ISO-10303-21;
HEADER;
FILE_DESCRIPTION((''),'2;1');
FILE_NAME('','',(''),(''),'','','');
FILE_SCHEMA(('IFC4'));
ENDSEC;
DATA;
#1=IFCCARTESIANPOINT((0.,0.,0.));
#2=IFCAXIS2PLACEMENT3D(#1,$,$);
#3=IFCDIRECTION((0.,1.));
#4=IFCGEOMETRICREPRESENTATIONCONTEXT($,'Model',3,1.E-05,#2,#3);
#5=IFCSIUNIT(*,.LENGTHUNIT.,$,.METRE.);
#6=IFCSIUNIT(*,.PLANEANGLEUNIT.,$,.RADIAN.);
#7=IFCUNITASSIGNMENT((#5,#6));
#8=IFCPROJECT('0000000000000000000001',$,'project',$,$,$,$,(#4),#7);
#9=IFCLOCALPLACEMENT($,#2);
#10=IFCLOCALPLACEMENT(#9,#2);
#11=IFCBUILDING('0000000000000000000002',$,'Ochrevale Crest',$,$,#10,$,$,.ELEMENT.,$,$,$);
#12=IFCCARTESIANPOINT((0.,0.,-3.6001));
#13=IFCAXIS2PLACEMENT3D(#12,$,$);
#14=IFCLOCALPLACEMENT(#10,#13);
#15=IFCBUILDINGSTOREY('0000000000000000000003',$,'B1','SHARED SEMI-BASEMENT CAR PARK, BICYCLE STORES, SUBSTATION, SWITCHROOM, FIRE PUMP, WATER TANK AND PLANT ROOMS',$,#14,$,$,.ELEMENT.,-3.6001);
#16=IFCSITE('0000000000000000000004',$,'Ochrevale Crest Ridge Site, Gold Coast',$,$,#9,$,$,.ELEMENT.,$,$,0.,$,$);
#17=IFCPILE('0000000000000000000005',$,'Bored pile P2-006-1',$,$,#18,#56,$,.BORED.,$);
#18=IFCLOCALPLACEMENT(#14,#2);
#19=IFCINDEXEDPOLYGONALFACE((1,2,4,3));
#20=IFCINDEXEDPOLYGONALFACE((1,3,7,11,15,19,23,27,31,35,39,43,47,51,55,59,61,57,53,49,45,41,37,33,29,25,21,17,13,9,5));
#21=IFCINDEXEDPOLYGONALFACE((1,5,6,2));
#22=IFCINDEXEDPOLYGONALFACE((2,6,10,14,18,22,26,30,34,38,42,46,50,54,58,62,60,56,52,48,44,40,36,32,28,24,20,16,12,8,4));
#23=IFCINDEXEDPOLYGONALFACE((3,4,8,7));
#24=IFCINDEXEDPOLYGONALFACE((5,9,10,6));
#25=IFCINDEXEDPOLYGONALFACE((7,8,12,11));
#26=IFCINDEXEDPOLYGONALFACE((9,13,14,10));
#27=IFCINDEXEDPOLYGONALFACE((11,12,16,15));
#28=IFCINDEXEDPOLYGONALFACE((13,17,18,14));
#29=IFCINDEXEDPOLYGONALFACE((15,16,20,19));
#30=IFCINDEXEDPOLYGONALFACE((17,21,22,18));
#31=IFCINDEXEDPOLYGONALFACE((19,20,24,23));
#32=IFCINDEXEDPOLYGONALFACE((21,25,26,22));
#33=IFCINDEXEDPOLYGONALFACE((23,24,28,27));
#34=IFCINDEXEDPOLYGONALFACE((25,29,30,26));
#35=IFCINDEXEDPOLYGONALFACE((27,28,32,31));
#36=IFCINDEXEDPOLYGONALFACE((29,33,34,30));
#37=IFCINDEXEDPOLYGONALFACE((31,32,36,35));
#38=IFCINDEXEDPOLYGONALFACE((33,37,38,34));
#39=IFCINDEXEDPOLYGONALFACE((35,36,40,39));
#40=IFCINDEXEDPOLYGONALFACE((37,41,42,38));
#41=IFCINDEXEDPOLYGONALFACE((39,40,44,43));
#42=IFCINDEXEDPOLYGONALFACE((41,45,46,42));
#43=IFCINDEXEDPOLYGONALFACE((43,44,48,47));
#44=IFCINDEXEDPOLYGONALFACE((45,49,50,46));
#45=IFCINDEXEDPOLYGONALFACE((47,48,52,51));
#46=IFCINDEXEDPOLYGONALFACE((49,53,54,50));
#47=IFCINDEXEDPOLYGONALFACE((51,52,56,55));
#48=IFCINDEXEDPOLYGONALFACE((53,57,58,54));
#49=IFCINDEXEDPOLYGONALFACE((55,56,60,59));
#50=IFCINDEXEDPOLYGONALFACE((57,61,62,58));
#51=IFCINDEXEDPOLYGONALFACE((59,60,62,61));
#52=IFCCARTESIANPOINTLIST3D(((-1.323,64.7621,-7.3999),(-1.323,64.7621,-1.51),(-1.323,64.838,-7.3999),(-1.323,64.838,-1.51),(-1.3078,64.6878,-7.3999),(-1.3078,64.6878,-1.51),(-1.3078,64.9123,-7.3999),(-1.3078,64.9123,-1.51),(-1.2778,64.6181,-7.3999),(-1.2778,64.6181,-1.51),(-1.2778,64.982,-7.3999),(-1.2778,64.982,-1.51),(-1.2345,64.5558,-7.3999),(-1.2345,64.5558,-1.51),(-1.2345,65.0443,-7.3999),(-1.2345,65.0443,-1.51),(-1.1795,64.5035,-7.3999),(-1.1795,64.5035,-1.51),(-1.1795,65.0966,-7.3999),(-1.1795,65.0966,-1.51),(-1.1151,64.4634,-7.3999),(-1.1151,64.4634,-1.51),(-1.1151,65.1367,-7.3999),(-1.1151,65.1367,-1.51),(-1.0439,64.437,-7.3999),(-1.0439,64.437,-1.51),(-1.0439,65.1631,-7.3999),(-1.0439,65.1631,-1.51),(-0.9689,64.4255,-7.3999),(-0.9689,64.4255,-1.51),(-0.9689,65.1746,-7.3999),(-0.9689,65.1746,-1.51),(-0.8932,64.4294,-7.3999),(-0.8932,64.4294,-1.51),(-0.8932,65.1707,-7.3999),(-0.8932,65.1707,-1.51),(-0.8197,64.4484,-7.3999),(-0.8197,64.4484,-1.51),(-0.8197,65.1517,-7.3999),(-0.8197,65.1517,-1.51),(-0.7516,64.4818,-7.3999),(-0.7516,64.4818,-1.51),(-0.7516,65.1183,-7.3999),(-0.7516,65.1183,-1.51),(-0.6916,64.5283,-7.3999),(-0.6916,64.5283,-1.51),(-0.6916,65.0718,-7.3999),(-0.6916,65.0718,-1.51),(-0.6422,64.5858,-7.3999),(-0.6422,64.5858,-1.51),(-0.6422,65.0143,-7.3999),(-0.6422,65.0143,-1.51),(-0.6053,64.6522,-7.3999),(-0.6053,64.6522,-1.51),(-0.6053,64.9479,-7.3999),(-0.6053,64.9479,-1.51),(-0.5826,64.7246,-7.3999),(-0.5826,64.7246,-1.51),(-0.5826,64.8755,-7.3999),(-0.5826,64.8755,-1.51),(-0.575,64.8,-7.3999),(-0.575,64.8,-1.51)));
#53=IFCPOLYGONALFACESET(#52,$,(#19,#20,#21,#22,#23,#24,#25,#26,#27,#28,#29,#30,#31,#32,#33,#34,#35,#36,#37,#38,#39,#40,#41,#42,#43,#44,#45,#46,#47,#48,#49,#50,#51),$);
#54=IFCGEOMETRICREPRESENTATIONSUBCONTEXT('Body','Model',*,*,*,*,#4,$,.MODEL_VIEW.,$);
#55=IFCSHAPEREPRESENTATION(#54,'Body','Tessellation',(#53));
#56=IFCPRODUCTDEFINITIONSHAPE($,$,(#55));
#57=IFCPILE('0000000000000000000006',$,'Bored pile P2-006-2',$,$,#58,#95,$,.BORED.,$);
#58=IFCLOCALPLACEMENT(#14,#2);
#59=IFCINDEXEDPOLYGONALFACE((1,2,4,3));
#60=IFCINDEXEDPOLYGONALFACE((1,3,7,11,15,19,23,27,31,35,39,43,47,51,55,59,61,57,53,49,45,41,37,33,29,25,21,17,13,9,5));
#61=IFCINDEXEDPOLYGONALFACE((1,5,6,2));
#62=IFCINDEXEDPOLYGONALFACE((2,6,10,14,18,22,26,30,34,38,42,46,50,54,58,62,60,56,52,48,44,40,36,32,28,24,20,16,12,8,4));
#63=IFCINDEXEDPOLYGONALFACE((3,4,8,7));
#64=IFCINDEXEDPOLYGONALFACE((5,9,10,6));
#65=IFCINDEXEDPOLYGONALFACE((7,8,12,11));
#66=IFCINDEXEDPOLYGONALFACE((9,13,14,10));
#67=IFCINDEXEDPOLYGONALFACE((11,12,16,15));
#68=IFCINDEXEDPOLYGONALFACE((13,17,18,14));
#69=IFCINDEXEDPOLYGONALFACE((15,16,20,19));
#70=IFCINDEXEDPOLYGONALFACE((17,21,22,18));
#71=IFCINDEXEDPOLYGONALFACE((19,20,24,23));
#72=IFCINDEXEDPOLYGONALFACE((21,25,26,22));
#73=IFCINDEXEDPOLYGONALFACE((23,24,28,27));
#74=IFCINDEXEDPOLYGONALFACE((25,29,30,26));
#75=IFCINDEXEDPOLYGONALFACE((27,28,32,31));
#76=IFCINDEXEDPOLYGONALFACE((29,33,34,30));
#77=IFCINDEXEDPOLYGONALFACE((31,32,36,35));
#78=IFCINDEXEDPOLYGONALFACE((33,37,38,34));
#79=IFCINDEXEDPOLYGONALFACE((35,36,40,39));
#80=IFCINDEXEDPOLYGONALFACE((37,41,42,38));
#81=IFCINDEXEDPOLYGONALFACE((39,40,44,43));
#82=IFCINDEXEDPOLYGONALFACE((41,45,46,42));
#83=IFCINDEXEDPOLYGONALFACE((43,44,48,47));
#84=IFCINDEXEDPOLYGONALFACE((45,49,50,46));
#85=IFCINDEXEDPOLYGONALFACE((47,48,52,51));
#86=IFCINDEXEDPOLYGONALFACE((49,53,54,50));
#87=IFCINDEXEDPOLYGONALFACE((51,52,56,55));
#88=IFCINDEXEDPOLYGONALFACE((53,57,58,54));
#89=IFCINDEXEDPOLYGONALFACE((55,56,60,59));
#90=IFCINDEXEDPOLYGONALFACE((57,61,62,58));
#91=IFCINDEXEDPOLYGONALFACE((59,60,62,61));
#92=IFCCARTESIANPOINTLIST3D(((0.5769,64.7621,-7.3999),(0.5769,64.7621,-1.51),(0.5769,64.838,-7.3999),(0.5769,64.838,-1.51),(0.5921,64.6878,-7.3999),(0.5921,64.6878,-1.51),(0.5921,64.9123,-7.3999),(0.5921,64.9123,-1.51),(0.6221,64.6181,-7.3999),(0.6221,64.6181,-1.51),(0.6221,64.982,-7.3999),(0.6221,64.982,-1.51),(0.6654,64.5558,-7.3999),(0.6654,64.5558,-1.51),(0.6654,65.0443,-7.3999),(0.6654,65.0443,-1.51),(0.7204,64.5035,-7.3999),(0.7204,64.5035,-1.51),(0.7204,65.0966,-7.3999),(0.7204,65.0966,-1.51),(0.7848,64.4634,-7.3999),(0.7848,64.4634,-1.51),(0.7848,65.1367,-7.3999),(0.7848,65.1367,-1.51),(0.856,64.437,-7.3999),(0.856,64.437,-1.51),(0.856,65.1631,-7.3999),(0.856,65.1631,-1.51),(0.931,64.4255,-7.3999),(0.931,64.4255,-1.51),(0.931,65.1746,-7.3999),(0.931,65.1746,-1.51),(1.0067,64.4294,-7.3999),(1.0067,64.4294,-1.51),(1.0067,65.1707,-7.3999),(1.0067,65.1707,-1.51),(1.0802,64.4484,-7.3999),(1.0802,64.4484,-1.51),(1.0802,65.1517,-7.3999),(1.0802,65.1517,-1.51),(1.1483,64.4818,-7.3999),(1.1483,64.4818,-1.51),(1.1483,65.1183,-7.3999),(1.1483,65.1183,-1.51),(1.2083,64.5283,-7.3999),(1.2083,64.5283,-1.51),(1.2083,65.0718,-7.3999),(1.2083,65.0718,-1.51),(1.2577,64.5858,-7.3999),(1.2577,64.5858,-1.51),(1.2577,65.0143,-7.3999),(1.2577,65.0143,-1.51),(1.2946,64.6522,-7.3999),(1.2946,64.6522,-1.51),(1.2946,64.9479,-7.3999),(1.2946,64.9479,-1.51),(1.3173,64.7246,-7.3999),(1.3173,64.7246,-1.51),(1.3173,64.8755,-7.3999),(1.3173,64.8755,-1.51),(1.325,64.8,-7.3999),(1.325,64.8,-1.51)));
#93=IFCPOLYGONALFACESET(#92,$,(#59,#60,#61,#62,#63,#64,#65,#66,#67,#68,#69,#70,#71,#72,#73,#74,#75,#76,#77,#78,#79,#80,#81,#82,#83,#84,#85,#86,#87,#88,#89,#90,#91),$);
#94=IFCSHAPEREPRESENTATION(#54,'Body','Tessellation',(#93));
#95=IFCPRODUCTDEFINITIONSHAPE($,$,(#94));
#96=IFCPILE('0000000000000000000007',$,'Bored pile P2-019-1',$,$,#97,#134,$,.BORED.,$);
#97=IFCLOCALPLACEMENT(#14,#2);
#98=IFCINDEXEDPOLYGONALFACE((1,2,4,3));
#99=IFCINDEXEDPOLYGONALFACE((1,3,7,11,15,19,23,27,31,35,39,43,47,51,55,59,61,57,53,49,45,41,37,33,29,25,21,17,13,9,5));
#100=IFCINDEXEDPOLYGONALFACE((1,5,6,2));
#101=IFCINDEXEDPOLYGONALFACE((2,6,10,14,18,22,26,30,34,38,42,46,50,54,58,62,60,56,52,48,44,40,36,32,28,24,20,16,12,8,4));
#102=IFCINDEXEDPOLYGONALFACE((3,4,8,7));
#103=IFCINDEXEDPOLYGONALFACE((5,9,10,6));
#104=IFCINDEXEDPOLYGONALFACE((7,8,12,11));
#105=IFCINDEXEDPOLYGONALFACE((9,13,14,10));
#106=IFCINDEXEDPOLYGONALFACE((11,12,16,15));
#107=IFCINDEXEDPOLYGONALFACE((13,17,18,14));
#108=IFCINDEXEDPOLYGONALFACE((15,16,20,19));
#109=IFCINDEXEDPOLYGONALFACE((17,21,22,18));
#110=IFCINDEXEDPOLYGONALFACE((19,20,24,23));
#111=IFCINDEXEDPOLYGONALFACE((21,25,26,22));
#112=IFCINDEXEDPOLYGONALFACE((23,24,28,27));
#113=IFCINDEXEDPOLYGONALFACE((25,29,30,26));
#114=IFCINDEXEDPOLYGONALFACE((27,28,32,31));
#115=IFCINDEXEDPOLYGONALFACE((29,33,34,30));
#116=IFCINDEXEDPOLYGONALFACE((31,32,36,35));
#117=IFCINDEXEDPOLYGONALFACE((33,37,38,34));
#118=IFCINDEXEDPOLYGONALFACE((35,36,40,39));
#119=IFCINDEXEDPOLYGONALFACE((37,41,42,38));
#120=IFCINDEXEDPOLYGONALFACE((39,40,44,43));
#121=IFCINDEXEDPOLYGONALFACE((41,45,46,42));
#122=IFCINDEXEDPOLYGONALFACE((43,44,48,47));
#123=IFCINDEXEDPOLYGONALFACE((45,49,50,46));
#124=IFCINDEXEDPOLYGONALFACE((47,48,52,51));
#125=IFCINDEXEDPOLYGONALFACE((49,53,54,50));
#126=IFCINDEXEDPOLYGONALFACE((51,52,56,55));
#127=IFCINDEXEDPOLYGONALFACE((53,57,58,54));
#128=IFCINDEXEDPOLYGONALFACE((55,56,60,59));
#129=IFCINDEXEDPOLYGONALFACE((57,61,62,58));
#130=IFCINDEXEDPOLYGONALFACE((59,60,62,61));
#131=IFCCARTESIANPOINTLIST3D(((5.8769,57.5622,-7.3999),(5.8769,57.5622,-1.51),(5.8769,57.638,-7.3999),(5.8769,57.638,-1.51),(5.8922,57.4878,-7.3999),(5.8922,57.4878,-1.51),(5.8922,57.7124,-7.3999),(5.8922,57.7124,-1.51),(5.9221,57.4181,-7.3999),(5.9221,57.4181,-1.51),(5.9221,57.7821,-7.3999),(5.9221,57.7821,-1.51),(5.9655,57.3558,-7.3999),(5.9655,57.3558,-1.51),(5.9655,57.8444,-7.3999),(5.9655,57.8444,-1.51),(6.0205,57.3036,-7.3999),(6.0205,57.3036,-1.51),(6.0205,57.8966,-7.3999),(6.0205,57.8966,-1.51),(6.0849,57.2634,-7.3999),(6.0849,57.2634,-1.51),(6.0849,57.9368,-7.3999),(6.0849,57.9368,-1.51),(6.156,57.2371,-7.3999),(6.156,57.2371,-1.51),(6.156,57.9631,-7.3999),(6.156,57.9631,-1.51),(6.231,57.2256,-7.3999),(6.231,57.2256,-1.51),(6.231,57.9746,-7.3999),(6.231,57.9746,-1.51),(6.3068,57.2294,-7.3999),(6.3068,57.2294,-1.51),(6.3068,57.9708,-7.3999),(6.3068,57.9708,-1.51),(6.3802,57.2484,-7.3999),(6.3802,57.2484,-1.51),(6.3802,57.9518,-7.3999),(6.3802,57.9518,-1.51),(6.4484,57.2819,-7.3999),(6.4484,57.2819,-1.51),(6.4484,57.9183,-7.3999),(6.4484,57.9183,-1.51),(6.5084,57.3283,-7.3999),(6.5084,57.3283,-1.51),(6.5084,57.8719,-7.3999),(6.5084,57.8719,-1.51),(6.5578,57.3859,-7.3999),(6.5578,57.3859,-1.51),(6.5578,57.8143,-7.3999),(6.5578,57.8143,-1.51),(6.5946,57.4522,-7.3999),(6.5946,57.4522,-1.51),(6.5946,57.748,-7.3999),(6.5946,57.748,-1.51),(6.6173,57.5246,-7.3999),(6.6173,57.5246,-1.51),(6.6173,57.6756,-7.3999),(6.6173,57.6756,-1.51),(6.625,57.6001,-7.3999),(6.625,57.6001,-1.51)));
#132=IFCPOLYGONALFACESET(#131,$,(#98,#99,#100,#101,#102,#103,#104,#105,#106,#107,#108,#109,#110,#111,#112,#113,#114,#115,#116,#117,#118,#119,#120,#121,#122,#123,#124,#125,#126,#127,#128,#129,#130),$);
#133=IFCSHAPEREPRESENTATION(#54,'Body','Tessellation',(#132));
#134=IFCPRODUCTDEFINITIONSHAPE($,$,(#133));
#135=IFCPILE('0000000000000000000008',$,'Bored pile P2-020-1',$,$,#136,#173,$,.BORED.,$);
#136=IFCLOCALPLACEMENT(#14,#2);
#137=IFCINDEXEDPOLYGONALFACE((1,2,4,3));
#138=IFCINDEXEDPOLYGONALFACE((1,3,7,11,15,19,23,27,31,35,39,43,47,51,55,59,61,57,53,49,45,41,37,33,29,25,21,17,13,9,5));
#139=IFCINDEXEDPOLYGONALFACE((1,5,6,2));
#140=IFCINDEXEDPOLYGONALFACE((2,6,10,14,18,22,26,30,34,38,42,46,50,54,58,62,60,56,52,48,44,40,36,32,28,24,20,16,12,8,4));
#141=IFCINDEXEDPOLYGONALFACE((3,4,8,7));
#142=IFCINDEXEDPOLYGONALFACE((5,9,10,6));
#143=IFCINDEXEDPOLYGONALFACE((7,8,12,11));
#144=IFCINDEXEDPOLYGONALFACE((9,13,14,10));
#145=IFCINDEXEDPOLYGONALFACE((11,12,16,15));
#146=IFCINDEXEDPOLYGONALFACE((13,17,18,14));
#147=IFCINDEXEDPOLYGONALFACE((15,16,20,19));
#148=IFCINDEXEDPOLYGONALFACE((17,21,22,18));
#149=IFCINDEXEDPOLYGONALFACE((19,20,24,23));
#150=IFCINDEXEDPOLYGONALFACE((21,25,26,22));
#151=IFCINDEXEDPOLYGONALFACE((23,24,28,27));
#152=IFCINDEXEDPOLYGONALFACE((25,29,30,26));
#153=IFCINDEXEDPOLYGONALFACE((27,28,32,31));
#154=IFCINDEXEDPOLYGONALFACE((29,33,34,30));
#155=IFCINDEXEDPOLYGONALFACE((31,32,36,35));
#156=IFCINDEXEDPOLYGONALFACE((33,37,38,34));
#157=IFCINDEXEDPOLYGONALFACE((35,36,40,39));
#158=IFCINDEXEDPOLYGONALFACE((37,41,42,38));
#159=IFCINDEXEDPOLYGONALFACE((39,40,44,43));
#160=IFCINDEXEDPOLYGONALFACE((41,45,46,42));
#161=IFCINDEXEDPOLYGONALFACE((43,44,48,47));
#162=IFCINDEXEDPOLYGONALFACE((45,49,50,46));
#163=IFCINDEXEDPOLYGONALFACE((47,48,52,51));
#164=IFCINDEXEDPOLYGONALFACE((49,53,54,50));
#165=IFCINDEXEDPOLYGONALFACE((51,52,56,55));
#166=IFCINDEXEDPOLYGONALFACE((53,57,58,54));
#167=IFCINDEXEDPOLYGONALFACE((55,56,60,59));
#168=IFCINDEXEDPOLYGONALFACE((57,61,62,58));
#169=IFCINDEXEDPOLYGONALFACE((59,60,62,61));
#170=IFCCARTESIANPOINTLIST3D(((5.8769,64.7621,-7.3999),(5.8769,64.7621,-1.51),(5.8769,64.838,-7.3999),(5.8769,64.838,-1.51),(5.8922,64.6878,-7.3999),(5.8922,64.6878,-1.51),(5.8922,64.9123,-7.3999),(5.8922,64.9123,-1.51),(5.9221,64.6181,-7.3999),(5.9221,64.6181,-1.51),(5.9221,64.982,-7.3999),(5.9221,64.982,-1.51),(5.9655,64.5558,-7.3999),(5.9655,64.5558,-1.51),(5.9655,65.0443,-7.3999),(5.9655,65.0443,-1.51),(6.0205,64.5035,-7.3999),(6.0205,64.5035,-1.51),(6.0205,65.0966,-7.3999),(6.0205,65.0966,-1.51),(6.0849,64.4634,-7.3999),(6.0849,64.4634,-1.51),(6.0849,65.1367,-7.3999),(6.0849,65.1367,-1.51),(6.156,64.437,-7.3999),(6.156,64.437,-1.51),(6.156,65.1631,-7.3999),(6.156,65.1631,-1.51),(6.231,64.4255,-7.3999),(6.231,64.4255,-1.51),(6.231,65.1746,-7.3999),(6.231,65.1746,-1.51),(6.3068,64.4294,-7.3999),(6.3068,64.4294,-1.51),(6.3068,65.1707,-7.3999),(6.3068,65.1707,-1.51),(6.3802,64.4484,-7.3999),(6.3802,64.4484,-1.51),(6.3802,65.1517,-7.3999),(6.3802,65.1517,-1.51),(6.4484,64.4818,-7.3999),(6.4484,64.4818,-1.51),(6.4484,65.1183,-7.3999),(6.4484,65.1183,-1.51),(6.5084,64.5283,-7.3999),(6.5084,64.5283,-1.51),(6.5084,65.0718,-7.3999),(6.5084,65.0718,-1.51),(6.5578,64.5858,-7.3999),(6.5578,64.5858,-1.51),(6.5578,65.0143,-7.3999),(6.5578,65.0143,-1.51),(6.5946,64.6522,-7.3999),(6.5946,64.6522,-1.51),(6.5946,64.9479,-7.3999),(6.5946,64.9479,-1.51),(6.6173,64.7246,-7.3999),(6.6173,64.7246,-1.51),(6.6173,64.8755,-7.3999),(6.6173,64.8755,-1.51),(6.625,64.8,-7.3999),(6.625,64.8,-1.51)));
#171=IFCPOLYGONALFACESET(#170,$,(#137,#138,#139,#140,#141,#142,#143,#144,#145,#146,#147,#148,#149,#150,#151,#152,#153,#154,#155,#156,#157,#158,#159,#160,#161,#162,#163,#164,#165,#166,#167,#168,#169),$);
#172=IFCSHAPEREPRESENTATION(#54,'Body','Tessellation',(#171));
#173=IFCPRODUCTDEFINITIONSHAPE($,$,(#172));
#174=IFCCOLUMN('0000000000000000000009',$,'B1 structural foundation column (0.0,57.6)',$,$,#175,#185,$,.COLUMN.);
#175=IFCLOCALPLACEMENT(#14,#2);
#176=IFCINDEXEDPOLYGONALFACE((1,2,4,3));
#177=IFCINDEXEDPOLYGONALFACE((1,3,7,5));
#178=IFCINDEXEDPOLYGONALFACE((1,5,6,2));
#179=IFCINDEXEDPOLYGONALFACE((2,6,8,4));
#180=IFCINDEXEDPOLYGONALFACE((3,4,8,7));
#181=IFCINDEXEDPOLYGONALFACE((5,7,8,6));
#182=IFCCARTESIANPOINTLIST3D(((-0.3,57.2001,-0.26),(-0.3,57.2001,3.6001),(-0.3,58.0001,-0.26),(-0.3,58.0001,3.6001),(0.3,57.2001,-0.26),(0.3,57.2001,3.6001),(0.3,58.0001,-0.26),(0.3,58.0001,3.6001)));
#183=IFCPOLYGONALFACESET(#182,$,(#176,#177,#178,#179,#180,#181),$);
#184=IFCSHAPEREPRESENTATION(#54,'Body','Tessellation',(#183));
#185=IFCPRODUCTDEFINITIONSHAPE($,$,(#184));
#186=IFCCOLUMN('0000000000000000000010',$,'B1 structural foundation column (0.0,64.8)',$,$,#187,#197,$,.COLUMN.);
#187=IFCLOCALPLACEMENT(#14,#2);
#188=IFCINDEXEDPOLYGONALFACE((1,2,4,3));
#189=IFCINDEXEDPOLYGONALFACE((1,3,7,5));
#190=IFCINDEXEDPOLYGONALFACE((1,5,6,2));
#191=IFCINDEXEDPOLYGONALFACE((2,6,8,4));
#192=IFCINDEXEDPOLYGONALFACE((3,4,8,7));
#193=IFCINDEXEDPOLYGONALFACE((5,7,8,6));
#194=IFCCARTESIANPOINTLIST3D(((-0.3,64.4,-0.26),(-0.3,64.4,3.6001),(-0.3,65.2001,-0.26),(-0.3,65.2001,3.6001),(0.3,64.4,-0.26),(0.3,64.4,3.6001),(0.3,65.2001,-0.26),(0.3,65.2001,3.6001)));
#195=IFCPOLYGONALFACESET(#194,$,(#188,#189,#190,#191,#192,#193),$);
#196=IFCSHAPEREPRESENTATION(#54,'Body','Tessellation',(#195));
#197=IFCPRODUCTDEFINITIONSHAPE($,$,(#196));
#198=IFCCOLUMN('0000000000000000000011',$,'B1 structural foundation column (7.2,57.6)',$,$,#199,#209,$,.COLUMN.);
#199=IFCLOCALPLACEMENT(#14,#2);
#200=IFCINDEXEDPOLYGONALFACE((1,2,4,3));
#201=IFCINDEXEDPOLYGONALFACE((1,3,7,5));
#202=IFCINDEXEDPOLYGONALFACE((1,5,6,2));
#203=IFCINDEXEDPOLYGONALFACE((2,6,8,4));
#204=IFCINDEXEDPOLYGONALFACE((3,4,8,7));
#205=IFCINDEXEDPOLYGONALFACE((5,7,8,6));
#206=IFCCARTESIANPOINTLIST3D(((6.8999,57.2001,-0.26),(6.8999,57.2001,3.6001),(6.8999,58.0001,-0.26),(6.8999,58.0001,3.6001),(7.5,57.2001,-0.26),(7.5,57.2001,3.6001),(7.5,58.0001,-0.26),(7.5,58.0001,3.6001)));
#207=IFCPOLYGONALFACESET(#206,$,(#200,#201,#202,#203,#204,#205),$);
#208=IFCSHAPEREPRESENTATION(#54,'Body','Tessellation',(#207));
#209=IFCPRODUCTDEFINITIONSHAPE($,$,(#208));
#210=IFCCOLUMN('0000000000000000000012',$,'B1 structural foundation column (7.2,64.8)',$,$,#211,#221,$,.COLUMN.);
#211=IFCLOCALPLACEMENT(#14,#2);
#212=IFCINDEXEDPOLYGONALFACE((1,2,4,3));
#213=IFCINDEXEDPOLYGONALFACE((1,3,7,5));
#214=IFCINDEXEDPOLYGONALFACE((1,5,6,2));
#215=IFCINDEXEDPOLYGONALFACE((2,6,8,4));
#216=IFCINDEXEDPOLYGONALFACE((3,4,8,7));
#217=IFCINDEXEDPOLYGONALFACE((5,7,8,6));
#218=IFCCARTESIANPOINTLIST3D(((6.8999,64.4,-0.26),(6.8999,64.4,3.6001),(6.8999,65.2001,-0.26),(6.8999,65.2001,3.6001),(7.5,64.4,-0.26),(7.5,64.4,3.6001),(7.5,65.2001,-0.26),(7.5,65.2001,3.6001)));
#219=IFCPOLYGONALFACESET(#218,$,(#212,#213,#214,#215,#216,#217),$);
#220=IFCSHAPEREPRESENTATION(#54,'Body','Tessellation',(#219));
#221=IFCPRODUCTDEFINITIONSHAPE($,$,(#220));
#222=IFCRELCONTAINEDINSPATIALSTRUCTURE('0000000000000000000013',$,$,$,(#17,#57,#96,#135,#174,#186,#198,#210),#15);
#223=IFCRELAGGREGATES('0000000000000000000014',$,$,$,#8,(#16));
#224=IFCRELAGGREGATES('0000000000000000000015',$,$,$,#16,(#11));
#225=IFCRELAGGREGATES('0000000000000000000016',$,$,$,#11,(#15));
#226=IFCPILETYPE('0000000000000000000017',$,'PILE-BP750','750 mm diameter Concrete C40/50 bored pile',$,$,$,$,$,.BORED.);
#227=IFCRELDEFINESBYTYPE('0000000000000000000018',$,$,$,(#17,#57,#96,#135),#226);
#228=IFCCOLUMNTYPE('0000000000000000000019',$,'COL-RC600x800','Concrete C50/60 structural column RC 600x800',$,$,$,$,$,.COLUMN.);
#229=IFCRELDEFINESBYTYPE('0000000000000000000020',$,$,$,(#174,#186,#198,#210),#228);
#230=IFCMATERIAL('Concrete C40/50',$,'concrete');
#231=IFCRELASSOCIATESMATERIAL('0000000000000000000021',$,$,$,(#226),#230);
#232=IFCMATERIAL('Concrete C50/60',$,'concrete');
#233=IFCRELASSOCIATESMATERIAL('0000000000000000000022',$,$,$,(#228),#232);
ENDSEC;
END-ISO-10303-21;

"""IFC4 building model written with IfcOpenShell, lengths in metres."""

from ifc_helpers import new_model, si_unit, direction, frame, origin, origin_2d, place, context, subcontext, project, spatial, rectangle, circle, extrude, material, material_profile, profile_set, type_object, element, save


model = new_model("IFC4")

# Units and contexts
model_context = context("Model", 3, precision=1e-05, world=origin(), true_north=direction((0.0, 1.0)))
body_context = subcontext(model_context, "Body", "Model", "MODEL_VIEW")
ifc_project = project(units=[si_unit("LENGTHUNIT", "METRE"), si_unit("PLANEANGLEUNIT", "RADIAN")], contexts=[model_context])

# Site, building, storey
site_placement = place(None, origin())
site = spatial("IfcSite", under=ifc_project, at=site_placement, Name="Ochrevale Crest Ridge Site, Gold Coast", CompositionType="ELEMENT", RefElevation=0.0)
building_placement = place(site_placement, origin())
building = spatial("IfcBuilding", under=site, at=building_placement, Name="Ochrevale Crest", CompositionType="ELEMENT")
storey_placement = place(building_placement, frame((0.0, 0.0, -3.6001)))
storey = spatial("IfcBuildingStorey", under=building, at=storey_placement, Name="B1", Description="SHARED SEMI-BASEMENT CAR PARK, BICYCLE STORES, SUBSTATION, SWITCHROOM, FIRE PUMP, WATER TANK AND PLANT ROOMS", CompositionType="ELEMENT", Elevation=-3.6001)

# Shared definitions
ifc_material_1 = material(Name="Concrete C40/50", Category="concrete")

# Piles
ifc_material_profile_1 = material_profile(ifc_material_1, circle(Radius=0.375, at=origin_2d()), Name="BORED PILE 750")
ifc_profile_set_1 = profile_set([ifc_material_profile_1], Name="Concrete C40/50")
pile_type = type_object("IfcPileType", Name="PILE-BP750", Description="750 mm diameter Concrete C40/50 bored pile", PredefinedType="BORED", material=ifc_profile_set_1)
for number, where, z_axis, x_axis, name in (
    (1, (-0.95, 64.8, -1.51), (0.0, 0.0, -1.0), (1.0, 0.0, 0.0), "Bored pile P2-006-1"),
    (2, (0.95, 64.8, -1.51), (0.0, 0.0, -1.0), (1.0, 0.0, 0.0), "Bored pile P2-006-2"),
    (3, (6.25, 57.6001, -1.51), (0.0, 0.0, -1.0), (1.0, 0.0, 0.0), "Bored pile P2-019-1"),
    (4, (6.25, 64.8, -1.51), (0.0, 0.0, -1.0), (1.0, 0.0, 0.0), "Bored pile P2-020-1"),
):
    element("IfcPile", number, at=place(storey_placement, frame(where, z_axis=z_axis, x_axis=x_axis)), inside=storey, type_object=pile_type, Name=name, PredefinedType="BORED", context=body_context, shape_type="SweptSolid", body=[
        extrude(circle(Radius=0.375, at=origin_2d()), origin(), (0.0, 0.0, 1.0), 5.8899),
    ])

# Columns
ifc_material_2 = material(Name="Concrete C50/60", Category="concrete")
ifc_material_profile_2 = material_profile(ifc_material_2, rectangle(XDim=0.6001, YDim=0.8, at=origin_2d()), Name="RC 600x800")
ifc_profile_set_2 = profile_set([ifc_material_profile_2], Name="Concrete C50/60")
column_type = type_object("IfcColumnType", Name="COL-RC600x800", Description="Concrete C50/60 structural column RC 600x800", PredefinedType="COLUMN", material=ifc_profile_set_2)
for number, where, z_axis, x_axis, name in (
    (5, (0.0, 57.6001, -0.26), (0.0, 0.0, 1.0), (1.0, 0.0, 0.0), "B1 structural foundation column (0.0,57.6)"),
    (6, (0.0, 64.8, -0.26), (0.0, 0.0, 1.0), (1.0, 0.0, 0.0), "B1 structural foundation column (0.0,64.8)"),
    (7, (7.2, 57.6001, -0.26), (0.0, 0.0, 1.0), (1.0, 0.0, 0.0), "B1 structural foundation column (7.2,57.6)"),
    (8, (7.2, 64.8, -0.26), (0.0, 0.0, 1.0), (1.0, 0.0, 0.0), "B1 structural foundation column (7.2,64.8)"),
):
    element("IfcColumn", number, at=place(storey_placement, frame(where, z_axis=z_axis, x_axis=x_axis)), inside=storey, type_object=column_type, Name=name, PredefinedType="COLUMN", context=body_context, shape_type="SweptSolid", body=[
        extrude(rectangle(XDim=0.6001, YDim=0.8, at=origin_2d()), origin(), (0.0, 0.0, 1.0), 3.8601),
    ])

save(model, "model.ifc")
